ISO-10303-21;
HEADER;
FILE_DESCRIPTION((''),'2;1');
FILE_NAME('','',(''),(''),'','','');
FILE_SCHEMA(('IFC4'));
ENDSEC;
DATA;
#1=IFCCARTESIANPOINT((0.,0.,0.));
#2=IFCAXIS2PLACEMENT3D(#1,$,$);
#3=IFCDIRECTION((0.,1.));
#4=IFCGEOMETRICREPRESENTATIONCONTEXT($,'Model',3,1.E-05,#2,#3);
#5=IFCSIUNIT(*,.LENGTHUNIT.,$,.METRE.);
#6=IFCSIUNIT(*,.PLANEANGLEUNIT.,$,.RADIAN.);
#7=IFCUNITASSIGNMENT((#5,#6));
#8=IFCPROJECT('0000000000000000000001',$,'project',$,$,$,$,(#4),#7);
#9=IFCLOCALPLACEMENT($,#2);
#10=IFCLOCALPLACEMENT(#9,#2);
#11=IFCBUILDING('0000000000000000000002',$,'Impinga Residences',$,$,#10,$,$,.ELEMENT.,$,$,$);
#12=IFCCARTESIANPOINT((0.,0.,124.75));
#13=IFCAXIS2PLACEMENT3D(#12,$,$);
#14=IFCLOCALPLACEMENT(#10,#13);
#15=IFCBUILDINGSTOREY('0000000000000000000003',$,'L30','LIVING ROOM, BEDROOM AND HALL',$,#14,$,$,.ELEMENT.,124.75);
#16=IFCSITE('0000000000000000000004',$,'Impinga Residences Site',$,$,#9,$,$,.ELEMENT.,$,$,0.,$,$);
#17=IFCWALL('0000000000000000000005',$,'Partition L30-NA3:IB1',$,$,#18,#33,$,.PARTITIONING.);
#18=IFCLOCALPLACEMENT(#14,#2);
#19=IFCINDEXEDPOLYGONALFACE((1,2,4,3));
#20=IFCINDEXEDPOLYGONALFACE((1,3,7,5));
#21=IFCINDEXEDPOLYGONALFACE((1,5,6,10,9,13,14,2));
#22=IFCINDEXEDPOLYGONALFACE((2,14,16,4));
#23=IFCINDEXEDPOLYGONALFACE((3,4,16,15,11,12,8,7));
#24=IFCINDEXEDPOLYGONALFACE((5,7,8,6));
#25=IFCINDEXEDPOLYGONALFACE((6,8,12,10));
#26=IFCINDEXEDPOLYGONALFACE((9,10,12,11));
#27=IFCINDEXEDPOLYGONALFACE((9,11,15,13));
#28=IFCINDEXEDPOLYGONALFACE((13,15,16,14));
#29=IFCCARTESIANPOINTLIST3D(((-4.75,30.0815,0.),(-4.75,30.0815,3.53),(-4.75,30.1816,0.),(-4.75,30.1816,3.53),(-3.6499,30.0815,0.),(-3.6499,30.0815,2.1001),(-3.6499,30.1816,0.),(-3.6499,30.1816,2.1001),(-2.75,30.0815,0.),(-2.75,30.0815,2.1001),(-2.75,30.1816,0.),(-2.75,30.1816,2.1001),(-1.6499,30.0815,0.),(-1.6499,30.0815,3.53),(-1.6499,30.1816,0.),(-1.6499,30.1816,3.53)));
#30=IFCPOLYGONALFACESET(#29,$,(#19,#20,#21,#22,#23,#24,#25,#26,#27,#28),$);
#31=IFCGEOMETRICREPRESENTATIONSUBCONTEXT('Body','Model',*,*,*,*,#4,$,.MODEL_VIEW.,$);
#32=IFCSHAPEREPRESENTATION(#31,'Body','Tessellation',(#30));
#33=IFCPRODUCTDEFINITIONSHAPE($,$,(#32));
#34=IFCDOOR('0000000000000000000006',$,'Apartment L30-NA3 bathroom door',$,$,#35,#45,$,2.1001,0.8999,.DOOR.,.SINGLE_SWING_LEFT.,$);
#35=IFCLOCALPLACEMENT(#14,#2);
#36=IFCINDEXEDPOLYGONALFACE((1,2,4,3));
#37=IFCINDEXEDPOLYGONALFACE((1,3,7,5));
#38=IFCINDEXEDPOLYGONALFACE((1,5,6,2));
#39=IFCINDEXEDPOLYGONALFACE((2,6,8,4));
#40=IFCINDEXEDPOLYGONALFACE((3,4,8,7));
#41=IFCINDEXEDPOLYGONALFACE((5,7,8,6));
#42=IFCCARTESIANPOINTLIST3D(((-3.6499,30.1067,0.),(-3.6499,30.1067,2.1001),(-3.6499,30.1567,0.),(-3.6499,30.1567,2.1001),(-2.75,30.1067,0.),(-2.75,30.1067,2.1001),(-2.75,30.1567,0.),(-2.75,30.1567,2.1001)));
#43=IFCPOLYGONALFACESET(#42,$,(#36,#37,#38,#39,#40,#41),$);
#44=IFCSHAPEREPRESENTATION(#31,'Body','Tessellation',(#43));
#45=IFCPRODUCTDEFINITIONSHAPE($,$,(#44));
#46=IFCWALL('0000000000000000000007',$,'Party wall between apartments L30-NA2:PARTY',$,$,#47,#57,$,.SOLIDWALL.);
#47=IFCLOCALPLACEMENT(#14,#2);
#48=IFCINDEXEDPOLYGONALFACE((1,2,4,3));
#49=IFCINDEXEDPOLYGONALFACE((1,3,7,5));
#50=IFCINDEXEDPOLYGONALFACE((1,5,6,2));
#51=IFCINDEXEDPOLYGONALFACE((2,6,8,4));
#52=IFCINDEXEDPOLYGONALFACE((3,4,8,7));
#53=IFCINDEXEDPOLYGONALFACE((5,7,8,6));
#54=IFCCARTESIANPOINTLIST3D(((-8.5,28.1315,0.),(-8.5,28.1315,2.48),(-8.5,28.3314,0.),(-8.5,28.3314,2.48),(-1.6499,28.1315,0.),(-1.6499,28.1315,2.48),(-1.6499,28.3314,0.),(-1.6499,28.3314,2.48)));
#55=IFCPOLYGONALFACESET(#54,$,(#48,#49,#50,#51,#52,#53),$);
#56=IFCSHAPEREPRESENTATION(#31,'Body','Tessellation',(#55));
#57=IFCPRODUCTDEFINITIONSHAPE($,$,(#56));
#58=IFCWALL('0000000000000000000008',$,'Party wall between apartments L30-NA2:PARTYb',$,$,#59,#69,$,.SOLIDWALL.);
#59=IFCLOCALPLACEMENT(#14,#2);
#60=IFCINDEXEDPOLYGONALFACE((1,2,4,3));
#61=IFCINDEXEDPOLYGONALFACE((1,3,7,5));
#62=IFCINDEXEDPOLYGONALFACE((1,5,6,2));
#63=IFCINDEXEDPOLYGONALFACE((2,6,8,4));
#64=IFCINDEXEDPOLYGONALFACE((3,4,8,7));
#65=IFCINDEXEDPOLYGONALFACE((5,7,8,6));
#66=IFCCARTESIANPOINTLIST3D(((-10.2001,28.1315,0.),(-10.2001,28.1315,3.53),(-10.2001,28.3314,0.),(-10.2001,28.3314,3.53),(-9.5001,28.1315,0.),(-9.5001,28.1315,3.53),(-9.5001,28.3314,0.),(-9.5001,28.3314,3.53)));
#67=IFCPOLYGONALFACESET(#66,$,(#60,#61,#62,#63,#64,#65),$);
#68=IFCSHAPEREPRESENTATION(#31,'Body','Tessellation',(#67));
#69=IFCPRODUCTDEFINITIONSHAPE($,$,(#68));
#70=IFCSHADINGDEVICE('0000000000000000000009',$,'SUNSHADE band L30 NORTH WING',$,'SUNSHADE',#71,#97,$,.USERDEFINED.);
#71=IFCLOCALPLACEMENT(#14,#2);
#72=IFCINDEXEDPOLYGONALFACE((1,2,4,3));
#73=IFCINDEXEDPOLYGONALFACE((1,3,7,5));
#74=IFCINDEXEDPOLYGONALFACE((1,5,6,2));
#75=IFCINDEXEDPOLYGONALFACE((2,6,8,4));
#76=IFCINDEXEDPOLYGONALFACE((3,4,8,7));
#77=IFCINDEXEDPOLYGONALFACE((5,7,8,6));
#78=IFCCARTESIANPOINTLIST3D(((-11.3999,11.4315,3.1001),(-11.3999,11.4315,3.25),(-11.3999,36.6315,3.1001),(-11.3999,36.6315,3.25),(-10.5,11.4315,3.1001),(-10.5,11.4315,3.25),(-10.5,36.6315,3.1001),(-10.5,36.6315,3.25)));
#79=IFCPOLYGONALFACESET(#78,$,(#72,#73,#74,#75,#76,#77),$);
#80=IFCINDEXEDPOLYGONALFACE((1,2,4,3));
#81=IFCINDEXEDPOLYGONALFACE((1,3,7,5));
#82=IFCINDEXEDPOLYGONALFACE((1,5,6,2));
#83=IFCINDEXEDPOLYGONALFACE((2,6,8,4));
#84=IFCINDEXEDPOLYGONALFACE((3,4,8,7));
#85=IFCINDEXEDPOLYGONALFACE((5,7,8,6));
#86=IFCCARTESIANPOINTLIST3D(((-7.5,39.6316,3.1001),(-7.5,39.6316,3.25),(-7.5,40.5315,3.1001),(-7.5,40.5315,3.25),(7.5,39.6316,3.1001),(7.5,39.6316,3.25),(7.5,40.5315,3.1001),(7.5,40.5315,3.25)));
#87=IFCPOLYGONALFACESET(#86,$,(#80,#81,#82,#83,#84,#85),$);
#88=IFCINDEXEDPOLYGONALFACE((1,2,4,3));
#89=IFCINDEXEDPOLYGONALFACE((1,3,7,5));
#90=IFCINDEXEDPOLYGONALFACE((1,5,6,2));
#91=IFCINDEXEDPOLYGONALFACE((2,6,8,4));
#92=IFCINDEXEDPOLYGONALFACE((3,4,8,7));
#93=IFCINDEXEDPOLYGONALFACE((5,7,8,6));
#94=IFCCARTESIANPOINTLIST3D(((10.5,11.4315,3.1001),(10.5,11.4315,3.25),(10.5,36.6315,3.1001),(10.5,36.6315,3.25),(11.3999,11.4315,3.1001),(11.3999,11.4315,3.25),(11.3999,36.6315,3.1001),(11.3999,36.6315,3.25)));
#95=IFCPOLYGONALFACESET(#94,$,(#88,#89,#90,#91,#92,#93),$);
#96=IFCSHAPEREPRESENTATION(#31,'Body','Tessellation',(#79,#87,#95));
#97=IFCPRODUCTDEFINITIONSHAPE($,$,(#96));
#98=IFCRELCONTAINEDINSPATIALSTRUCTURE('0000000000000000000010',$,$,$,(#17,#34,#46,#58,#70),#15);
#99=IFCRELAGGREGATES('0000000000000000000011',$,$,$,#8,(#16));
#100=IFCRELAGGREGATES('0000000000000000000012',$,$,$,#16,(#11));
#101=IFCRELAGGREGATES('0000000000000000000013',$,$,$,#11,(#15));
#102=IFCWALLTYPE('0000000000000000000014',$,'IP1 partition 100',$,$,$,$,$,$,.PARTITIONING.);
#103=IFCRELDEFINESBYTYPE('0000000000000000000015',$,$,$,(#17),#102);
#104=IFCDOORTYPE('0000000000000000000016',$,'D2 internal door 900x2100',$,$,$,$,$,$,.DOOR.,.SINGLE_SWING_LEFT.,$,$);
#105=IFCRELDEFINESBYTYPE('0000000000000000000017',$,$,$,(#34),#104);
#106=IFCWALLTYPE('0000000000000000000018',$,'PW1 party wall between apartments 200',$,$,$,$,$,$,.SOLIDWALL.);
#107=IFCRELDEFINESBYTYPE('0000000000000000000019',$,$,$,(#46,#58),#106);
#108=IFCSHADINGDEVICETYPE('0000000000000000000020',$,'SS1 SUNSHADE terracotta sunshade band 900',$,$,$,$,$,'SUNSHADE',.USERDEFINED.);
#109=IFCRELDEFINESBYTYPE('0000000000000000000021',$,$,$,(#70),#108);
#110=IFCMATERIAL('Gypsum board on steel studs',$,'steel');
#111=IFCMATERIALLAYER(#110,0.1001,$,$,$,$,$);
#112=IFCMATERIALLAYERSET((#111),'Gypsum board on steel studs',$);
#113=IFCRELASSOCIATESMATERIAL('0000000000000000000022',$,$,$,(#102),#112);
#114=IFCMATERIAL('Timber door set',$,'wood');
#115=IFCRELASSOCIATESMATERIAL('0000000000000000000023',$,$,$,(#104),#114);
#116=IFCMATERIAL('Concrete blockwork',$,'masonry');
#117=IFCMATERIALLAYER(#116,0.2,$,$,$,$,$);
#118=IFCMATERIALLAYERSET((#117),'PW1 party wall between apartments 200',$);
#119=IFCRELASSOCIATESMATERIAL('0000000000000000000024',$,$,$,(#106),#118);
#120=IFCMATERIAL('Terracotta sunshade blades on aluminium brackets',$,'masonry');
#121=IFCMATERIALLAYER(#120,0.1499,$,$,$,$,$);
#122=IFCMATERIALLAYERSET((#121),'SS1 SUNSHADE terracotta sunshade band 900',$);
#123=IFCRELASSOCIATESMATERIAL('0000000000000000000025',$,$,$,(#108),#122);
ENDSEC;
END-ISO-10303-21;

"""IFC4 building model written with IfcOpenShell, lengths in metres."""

from ifc_helpers import new_model, si_unit, direction, frame, frame_2d, origin, origin_2d, place, context, subcontext, project, spatial, rectangle, extrude, material, layer, layer_set, type_object, element, fill, save


model = new_model("IFC4")

# Units and contexts
model_context = context("Model", 3, precision=1e-05, world=origin(), true_north=direction((0.0, 1.0)))
body_context = subcontext(model_context, "Body", "Model", "MODEL_VIEW")
ifc_project = project(units=[si_unit("LENGTHUNIT", "METRE"), si_unit("PLANEANGLEUNIT", "RADIAN")], contexts=[model_context])

# Site, building, storey
site_placement = place(None, origin())
site = spatial("IfcSite", under=ifc_project, at=site_placement, Name="Impinga Residences Site", CompositionType="ELEMENT", RefElevation=0.0)
building_placement = place(site_placement, origin())
building = spatial("IfcBuilding", under=site, at=building_placement, Name="Impinga Residences", CompositionType="ELEMENT")
storey_placement = place(building_placement, frame((0.0, 0.0, 124.75)))
storey = spatial("IfcBuildingStorey", under=building, at=storey_placement, Name="L30", Description="LIVING ROOM, BEDROOM AND HALL", CompositionType="ELEMENT", Elevation=124.75)

# Shared definitions
ifc_material_1 = material(Name="Concrete blockwork", Category="masonry")
ifc_material_2 = material(Name="Timber door set", Category="wood")

# Shared definitions
ifc_material_3 = material(Name="Gypsum board on steel studs", Category="steel")
ifc_layer_1 = layer(ifc_material_3, 0.1001)
ifc_layer_set_1 = layer_set([ifc_layer_1], Name="Gypsum board on steel studs")
wall_type_1 = type_object("IfcWallType", Name="IP1 partition 100", PredefinedType="PARTITIONING", material=ifc_layer_set_1)

# Shared definitions
door_type_1 = type_object("IfcDoorType", Name="D2 internal door 900x2100", OperationType="SINGLE_SWING_LEFT", PredefinedType="DOOR", material=ifc_material_2)

# Wall, opening, door
wall_1_placement = place(storey_placement, frame((-1.6499, 30.1316, 0.0), z_axis=(0.0, 0.0, 1.0), x_axis=(-1.0, 0.0, 0.0)))
wall_1 = element("IfcWall", 1, at=wall_1_placement, inside=storey, type_object=wall_type_1, Name="Partition L30-NA3:IB1", PredefinedType="PARTITIONING", context=body_context, shape_type="SweptSolid", body=[
    extrude(rectangle(XDim=3.1001, YDim=0.1001, at=frame_2d((1.55, 0.0))), origin(), (0.0, 0.0, 1.0), 3.53),
])
opening_1_placement = place(wall_1_placement, frame((1.1001, 0.0, 0.0)))
opening_1 = element("IfcOpeningElement", 2, at=opening_1_placement, cuts=wall_1, PredefinedType="OPENING", context=body_context, shape_type="SweptSolid", body=[
    extrude(rectangle(XDim=0.8999, YDim=2.1001, at=frame_2d((0.45, 1.05))), frame((0.0, 0.0601, 0.0), z_axis=(0.0, -1.0, 0.0), x_axis=(1.0, 0.0, 0.0)), (0.0, 0.0, 1.0), 0.1201),
])
door_1_placement = place(opening_1_placement, origin())
door_1 = element("IfcDoor", 3, at=door_1_placement, inside=storey, type_object=door_type_1, Name="Apartment L30-NA3 bathroom door", OperationType="SINGLE_SWING_LEFT", OverallHeight=2.1001, OverallWidth=0.8999, PredefinedType="DOOR", context=body_context, shape_type="SweptSolid", body=[
    extrude(rectangle(XDim=0.8999, YDim=2.1001, at=frame_2d((0.45, 1.05))), frame((0.0, 0.0249, 0.0), z_axis=(0.0, -1.0, 0.0), x_axis=(1.0, 0.0, 0.0)), (0.0, 0.0, 1.0), 0.05),
])
fill(opening_1, door_1)

# Walls
ifc_layer_2 = layer(ifc_material_1, 0.2)
ifc_layer_set_2 = layer_set([ifc_layer_2], Name="PW1 party wall between apartments 200")
wall_type_2 = type_object("IfcWallType", Name="PW1 party wall between apartments 200", PredefinedType="SOLIDWALL", material=ifc_layer_set_2)
wall_2_placement = place(storey_placement, frame((-1.6499, 28.2314, 0.0), z_axis=(0.0, 0.0, 1.0), x_axis=(-1.0, 0.0, 0.0)))
element("IfcWall", 4, at=wall_2_placement, inside=storey, type_object=wall_type_2, Name="Party wall between apartments L30-NA2:PARTY", PredefinedType="SOLIDWALL", context=body_context, shape_type="SweptSolid", body=[
    extrude(rectangle(XDim=6.8501, YDim=0.2, at=frame_2d((3.425, 0.0))), origin(), (0.0, 0.0, 1.0), 2.48),
])
wall_3_placement = place(storey_placement, frame((-9.5, 28.2314, 0.0), z_axis=(0.0, 0.0, 1.0), x_axis=(-1.0, 0.0, 0.0)))
element("IfcWall", 5, at=wall_3_placement, inside=storey, type_object=wall_type_2, Name="Party wall between apartments L30-NA2:PARTYb", PredefinedType="SOLIDWALL", context=body_context, shape_type="SweptSolid", body=[
    extrude(rectangle(XDim=0.7, YDim=0.2, at=frame_2d((0.3501, 0.0))), origin(), (0.0, 0.0, 1.0), 3.53),
])

# Shading device
ifc_material_4 = material(Name="Terracotta sunshade blades on aluminium brackets", Category="masonry")
ifc_layer_3 = layer(ifc_material_4, 0.1499)
ifc_layer_set_3 = layer_set([ifc_layer_3], Name="SS1 SUNSHADE terracotta sunshade band 900")
shading_device_type = type_object("IfcShadingDeviceType", Name="SS1 SUNSHADE terracotta sunshade band 900", ElementType="SUNSHADE", PredefinedType="USERDEFINED", material=ifc_layer_set_3)
shading_device_placement = place(storey_placement, frame((-10.95, 24.0315, 3.1001), z_axis=(0.0, 0.0, 1.0), x_axis=(0.0, 1.0, 0.0)))
element("IfcShadingDevice", 6, at=shading_device_placement, inside=storey, type_object=shading_device_type, Name="SUNSHADE band L30 NORTH WING", ObjectType="SUNSHADE", PredefinedType="USERDEFINED", context=body_context, shape_type="SweptSolid", body=[
    extrude(rectangle(XDim=25.2, YDim=0.8999, at=origin_2d()), origin(), (0.0, 0.0, 1.0), 0.1499),
    extrude(rectangle(XDim=15.0, YDim=0.8999, at=origin_2d()), frame((16.05, -10.95, 0.0), z_axis=(0.0, 0.0, 1.0), x_axis=(0.0, -1.0, 0.0)), (0.0, 0.0, 1.0), 0.1499),
    extrude(rectangle(XDim=25.2, YDim=0.8999, at=origin_2d()), frame((0.0, -21.8999, 0.0), z_axis=(0.0, 0.0, 1.0), x_axis=(-1.0, 0.0, 0.0)), (0.0, 0.0, 1.0), 0.1499),
])

save(model, "model.ifc")
